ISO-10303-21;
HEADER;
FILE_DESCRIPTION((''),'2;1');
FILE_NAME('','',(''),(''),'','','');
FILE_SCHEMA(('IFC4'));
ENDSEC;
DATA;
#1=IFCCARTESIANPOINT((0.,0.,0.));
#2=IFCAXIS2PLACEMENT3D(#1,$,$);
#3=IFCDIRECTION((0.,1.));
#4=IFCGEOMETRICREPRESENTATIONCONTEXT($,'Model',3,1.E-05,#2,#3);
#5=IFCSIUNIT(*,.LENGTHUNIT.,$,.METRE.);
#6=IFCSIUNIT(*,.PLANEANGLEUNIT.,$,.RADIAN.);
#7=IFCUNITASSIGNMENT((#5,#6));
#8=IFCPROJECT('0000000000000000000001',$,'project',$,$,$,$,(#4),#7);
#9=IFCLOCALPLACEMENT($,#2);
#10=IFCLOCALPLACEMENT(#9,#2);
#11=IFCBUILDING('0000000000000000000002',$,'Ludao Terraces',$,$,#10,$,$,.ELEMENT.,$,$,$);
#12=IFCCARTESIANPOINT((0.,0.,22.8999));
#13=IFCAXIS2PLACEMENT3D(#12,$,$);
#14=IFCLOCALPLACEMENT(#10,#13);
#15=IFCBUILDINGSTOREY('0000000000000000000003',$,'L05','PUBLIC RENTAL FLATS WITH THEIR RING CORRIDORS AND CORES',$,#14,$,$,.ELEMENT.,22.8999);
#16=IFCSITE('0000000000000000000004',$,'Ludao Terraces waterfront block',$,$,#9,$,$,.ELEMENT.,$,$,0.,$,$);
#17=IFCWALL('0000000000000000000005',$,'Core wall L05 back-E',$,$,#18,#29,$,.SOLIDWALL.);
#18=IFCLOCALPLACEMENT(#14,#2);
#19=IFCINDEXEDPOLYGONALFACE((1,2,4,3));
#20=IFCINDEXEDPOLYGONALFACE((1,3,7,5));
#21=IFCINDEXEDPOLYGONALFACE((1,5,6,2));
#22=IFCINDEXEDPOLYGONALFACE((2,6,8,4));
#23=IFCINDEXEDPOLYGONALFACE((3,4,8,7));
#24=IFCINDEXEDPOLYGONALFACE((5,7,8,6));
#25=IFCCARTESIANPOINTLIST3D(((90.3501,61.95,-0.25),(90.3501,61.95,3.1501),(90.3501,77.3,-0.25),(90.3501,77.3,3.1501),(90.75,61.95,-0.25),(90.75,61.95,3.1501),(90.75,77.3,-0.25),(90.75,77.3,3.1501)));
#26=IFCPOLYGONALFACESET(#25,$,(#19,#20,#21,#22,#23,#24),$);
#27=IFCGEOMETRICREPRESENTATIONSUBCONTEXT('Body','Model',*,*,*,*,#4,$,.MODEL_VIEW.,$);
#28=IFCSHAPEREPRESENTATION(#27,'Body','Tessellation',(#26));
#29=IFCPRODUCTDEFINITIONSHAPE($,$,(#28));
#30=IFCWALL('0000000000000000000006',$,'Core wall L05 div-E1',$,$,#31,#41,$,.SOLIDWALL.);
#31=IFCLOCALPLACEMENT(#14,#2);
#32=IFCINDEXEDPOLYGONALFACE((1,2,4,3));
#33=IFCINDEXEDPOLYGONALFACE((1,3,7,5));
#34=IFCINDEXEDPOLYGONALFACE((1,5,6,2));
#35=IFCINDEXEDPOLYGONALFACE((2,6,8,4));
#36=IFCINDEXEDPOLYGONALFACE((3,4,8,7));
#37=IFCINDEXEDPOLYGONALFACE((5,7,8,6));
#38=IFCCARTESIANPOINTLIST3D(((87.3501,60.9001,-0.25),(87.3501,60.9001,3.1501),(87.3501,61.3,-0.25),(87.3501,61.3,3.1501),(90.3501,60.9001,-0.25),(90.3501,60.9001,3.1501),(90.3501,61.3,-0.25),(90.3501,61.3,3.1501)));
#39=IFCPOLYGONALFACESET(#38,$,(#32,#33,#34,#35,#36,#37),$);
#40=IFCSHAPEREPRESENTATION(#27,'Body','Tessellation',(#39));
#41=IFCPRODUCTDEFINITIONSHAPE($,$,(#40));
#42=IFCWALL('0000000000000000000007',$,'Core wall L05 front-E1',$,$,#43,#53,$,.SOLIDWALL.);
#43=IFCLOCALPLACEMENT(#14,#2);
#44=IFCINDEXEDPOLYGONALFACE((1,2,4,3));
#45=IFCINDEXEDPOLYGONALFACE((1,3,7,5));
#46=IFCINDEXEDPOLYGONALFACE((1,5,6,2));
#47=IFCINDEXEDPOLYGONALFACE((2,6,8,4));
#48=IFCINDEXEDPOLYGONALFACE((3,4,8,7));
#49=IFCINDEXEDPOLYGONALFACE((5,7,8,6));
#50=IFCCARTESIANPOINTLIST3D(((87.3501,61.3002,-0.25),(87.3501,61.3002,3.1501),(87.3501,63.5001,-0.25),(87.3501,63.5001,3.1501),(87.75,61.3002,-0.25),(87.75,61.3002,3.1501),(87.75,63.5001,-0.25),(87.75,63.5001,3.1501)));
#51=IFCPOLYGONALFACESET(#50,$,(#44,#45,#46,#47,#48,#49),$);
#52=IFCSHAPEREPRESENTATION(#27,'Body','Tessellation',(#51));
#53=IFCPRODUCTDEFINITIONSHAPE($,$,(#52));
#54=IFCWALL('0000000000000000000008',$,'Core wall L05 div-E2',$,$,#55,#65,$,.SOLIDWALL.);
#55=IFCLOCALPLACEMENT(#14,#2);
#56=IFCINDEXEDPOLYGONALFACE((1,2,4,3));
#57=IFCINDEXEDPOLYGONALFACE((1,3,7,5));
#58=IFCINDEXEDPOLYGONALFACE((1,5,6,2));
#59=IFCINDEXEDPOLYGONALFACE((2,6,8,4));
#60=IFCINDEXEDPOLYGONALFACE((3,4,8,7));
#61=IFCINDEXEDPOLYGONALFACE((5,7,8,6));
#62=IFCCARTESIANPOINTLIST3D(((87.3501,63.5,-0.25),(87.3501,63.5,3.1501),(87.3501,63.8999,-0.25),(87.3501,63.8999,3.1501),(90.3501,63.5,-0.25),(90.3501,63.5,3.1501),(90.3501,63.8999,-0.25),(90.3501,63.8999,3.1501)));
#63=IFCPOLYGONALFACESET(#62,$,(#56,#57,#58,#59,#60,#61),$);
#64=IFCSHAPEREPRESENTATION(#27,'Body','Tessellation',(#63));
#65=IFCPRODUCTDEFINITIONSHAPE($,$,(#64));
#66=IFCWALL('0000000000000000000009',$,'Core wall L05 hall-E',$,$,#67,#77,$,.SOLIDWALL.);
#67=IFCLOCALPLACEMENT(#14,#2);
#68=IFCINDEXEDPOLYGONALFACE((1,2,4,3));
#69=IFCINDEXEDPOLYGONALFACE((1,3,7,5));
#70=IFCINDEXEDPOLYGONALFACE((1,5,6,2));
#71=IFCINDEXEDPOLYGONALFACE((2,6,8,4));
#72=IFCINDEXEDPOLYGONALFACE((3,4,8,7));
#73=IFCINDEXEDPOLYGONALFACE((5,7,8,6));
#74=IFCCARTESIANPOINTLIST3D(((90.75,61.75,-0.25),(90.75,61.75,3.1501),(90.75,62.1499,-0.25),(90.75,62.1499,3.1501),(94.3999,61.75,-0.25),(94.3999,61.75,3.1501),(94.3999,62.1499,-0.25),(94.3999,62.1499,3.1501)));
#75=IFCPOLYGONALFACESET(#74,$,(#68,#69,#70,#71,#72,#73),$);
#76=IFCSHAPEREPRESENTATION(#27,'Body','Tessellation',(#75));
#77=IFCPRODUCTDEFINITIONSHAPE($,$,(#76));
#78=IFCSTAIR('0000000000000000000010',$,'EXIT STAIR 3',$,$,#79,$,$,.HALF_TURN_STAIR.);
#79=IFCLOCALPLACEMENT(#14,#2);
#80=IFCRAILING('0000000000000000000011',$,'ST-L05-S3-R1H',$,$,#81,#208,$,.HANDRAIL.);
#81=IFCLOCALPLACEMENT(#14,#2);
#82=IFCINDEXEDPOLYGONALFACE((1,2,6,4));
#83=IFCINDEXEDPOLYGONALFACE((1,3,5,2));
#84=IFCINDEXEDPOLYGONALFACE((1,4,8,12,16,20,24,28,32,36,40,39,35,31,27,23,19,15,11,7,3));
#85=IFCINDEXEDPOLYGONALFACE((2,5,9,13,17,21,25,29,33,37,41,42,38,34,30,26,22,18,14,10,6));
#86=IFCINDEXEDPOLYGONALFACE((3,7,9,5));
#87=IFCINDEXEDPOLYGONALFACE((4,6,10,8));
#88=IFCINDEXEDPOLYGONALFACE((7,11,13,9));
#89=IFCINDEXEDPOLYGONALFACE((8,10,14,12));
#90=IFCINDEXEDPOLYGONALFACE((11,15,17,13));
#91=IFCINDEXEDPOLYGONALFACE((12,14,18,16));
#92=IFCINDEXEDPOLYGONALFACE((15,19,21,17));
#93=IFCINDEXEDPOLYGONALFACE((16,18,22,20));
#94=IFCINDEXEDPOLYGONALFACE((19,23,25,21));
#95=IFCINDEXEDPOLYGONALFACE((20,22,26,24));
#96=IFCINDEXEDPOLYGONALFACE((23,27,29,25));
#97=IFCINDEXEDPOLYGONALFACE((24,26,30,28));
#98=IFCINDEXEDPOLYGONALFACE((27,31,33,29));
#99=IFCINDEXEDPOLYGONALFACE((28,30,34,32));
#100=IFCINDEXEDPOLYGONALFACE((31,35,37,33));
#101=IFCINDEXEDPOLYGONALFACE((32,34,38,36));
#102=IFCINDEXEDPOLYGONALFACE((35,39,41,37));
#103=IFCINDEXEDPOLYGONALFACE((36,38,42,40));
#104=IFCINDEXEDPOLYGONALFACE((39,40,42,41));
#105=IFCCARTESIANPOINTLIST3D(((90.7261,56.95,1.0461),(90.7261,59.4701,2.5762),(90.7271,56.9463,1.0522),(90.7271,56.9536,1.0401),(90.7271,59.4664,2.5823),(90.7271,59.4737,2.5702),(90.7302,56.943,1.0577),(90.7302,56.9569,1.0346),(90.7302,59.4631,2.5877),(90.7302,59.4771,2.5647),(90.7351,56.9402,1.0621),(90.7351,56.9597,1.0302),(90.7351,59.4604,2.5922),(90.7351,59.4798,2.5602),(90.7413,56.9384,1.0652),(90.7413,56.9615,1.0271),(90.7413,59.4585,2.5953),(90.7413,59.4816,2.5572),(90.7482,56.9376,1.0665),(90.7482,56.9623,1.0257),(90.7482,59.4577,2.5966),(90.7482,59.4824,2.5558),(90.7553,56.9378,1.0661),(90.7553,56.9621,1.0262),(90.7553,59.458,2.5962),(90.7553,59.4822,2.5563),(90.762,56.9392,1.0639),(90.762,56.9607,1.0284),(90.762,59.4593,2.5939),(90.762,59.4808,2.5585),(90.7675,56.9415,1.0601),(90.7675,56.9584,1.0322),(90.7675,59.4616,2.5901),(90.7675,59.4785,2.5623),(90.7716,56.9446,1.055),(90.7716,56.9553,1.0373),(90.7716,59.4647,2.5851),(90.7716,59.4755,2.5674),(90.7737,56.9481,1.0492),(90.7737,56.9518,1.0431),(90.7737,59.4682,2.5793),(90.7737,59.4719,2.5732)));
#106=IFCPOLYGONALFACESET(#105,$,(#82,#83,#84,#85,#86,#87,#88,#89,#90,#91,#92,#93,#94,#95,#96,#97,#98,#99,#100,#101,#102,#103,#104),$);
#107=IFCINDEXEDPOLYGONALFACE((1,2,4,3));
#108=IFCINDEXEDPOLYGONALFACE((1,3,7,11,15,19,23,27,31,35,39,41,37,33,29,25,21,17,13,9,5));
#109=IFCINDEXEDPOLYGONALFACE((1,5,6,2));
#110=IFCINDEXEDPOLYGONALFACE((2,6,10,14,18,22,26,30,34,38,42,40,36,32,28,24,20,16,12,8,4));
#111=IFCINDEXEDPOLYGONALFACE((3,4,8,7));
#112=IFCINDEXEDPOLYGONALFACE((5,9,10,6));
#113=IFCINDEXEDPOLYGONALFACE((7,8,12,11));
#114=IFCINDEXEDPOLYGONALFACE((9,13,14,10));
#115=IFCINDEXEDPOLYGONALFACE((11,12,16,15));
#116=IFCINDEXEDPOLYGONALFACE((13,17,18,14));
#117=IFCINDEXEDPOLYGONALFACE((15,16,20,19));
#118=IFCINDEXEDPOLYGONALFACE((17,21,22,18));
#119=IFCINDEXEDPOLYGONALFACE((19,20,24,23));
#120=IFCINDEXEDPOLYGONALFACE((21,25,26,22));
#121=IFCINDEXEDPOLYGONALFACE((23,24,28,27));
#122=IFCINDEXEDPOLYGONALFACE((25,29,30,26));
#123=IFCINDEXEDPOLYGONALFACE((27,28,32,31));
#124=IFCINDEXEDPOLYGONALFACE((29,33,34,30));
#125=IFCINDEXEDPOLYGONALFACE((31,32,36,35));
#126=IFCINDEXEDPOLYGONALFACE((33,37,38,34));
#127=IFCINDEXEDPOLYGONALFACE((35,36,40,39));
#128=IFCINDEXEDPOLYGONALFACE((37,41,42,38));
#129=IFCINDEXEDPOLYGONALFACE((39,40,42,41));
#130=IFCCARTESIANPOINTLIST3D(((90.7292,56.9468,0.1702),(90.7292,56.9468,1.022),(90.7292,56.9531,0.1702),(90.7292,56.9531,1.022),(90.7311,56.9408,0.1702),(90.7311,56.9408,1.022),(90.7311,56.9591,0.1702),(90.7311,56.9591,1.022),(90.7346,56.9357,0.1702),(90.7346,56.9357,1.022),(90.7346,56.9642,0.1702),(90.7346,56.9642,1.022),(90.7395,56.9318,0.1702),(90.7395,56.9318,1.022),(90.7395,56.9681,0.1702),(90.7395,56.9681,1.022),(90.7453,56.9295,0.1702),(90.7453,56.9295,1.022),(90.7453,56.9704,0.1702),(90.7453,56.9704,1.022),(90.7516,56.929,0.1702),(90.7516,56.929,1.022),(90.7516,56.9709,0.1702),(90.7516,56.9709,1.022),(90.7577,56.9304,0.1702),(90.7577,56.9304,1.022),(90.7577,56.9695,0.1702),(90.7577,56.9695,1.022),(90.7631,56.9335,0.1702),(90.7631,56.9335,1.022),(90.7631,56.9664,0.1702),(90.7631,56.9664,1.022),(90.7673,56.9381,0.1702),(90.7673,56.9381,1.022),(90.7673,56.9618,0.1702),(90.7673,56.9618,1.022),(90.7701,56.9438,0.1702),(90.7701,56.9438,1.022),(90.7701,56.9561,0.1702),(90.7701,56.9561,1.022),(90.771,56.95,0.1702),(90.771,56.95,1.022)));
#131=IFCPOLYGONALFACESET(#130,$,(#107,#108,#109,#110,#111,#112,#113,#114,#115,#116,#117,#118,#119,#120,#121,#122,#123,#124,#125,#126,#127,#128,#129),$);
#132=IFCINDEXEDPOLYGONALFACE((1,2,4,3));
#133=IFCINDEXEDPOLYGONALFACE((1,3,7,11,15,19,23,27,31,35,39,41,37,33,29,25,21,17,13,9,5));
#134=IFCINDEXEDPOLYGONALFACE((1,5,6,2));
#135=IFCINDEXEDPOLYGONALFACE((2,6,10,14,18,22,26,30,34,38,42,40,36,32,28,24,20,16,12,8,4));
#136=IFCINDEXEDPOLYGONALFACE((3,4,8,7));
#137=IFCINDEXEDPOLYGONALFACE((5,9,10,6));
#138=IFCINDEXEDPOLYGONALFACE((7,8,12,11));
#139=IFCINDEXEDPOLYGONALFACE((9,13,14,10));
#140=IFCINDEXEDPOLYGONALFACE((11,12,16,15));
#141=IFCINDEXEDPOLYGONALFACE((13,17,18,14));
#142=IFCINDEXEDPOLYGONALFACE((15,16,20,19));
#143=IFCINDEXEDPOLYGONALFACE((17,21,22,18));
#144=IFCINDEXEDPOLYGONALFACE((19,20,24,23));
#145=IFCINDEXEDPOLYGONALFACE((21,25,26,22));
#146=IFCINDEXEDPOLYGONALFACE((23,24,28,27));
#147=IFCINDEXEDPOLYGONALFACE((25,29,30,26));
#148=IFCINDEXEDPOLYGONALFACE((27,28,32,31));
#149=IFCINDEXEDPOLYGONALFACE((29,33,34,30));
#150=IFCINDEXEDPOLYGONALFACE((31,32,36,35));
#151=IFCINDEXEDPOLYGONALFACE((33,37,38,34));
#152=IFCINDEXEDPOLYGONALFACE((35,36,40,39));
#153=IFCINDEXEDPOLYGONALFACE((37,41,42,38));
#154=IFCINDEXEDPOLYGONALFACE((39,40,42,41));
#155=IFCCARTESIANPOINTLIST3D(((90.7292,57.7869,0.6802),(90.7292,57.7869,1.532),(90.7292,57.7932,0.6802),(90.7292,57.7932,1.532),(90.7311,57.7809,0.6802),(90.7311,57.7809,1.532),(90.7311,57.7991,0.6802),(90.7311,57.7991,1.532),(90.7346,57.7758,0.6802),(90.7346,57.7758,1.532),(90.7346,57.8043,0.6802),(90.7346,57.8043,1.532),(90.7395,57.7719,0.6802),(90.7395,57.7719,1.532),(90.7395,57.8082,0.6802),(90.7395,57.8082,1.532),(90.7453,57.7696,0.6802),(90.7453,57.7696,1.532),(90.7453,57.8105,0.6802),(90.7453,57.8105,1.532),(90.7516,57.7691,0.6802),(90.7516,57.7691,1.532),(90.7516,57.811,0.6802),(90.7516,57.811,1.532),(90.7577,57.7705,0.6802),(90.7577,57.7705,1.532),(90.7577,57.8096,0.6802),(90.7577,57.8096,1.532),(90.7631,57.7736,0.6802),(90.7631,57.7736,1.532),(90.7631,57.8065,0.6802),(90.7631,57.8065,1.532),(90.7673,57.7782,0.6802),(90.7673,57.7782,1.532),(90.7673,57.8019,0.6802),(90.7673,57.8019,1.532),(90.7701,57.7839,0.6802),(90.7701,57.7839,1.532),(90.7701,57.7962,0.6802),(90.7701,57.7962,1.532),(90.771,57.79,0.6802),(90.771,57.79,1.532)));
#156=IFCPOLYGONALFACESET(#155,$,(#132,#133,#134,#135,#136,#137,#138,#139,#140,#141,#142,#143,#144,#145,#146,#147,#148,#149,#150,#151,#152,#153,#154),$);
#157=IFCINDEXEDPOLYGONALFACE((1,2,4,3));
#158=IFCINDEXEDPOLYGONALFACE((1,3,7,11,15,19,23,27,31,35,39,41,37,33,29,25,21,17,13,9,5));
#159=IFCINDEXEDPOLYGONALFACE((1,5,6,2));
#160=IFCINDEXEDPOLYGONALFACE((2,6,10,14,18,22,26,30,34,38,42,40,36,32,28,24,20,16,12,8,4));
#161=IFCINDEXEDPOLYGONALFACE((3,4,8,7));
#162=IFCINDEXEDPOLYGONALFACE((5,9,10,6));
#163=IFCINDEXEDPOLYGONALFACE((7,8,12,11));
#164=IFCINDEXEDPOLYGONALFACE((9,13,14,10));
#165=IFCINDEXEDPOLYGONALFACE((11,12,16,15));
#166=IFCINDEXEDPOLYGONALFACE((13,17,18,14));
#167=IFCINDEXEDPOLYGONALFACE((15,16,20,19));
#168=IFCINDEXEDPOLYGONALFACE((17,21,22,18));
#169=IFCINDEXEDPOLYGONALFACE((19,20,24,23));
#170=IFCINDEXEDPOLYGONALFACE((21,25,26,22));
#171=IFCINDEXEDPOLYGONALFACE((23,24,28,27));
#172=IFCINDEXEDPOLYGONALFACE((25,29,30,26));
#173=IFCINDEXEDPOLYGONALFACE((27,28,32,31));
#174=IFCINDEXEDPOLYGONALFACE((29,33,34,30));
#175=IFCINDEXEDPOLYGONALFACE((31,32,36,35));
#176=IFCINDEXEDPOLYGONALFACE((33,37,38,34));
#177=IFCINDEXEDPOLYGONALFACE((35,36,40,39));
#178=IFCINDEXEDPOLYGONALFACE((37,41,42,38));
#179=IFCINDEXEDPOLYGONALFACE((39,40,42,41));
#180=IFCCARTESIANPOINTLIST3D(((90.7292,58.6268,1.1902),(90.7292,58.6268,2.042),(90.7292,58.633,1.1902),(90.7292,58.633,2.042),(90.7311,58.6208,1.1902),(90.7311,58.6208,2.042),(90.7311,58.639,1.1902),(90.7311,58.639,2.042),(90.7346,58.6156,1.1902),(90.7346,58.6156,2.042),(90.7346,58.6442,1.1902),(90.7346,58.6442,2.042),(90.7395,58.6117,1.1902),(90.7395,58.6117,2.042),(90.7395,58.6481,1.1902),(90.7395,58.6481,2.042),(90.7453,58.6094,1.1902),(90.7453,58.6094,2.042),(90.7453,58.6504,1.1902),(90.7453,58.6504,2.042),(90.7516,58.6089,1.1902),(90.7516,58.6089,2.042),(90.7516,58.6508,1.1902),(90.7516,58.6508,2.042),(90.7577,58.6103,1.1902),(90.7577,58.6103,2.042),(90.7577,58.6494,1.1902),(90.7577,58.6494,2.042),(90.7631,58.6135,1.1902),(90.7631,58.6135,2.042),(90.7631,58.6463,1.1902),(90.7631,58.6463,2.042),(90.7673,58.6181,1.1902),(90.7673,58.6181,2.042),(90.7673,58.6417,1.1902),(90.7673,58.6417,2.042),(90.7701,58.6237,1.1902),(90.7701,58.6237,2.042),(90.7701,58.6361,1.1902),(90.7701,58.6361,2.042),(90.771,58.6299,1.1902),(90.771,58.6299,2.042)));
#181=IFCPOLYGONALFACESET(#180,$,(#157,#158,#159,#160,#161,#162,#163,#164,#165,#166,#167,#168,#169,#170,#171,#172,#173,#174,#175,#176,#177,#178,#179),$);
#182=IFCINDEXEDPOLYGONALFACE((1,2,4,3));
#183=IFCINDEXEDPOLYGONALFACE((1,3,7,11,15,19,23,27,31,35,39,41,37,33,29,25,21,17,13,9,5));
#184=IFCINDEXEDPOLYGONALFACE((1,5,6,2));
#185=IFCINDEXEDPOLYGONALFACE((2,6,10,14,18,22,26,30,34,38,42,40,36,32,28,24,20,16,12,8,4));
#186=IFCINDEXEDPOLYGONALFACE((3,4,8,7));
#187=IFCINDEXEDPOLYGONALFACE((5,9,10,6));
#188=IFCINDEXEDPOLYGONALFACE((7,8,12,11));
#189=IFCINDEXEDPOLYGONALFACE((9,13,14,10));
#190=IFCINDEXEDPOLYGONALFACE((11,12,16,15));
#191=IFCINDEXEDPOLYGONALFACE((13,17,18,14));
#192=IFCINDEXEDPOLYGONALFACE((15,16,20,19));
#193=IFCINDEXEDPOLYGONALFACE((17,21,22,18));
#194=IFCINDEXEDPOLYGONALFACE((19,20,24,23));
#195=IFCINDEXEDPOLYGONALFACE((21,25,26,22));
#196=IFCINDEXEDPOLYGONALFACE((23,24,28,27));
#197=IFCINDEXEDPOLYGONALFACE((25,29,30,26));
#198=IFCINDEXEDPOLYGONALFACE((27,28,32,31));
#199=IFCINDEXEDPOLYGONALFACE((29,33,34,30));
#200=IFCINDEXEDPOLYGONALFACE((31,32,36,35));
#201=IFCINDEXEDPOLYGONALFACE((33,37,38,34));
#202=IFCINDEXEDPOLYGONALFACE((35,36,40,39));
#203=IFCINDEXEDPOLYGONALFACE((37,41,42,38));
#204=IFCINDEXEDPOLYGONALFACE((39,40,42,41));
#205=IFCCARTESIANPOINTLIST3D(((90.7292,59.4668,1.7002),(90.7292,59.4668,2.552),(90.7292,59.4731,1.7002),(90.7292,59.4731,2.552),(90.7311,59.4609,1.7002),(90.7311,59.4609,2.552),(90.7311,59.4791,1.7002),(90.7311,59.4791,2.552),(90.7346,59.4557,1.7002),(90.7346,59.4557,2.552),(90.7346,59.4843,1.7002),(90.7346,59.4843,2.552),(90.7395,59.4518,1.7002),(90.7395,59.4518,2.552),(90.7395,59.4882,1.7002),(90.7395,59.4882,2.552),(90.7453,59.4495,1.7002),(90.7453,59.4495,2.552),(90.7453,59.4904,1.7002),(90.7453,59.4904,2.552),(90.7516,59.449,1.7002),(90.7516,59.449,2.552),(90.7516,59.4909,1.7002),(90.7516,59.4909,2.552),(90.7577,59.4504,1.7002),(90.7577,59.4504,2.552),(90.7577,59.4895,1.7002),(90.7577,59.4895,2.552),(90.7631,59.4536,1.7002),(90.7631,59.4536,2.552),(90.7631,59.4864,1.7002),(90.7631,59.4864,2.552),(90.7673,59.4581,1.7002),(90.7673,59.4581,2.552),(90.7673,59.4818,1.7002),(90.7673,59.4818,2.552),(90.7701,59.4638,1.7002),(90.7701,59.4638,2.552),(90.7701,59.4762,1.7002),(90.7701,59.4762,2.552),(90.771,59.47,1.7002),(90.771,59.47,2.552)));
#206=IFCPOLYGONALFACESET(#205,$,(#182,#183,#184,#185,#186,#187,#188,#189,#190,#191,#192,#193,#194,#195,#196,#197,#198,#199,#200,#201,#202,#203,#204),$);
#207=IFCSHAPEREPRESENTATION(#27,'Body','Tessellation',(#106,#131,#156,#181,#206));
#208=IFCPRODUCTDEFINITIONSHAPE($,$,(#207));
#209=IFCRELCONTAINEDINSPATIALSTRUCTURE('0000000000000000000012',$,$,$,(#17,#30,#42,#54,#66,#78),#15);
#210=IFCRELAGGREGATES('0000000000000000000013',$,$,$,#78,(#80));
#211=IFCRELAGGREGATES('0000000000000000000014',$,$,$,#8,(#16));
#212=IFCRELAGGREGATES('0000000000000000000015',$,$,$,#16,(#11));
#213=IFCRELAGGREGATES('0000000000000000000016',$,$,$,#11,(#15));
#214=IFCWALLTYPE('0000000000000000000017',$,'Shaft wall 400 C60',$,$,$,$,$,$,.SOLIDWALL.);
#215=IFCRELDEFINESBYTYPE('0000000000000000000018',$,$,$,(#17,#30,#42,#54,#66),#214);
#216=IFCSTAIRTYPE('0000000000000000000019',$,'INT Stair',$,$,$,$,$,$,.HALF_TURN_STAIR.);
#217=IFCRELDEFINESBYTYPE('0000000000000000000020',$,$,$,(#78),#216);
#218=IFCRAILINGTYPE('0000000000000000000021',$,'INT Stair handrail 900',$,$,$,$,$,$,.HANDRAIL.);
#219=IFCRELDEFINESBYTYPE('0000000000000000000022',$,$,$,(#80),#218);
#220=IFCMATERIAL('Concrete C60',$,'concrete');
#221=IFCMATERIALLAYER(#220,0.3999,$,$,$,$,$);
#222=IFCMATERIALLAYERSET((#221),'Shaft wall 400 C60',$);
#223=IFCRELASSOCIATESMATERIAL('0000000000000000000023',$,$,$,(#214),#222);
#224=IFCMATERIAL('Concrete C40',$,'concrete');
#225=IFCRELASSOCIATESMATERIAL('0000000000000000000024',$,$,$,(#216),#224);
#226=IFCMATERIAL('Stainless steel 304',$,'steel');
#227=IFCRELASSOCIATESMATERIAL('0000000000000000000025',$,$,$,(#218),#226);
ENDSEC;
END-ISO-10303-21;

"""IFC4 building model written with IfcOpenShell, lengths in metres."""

from ifc_helpers import new_model, si_unit, direction, frame, frame_2d, origin, origin_2d, place, context, subcontext, project, spatial, rectangle, circle, extrude, material, layer, layer_set, type_object, element, aggregate, save


model = new_model("IFC4")

# Units and contexts
model_context = context("Model", 3, precision=1e-05, world=origin(), true_north=direction((0.0, 1.0)))
body_context = subcontext(model_context, "Body", "Model", "MODEL_VIEW")
ifc_project = project(units=[si_unit("LENGTHUNIT", "METRE"), si_unit("PLANEANGLEUNIT", "RADIAN")], contexts=[model_context])

# Site, building, storey
site_placement = place(None, origin())
site = spatial("IfcSite", under=ifc_project, at=site_placement, Name="Ludao Terraces waterfront block", CompositionType="ELEMENT", RefElevation=0.0)
building_placement = place(site_placement, origin())
building = spatial("IfcBuilding", under=site, at=building_placement, Name="Ludao Terraces", CompositionType="ELEMENT")
storey_placement = place(building_placement, frame((0.0, 0.0, 22.8999)))
storey = spatial("IfcBuildingStorey", under=building, at=storey_placement, Name="L05", Description="PUBLIC RENTAL FLATS WITH THEIR RING CORRIDORS AND CORES", CompositionType="ELEMENT", Elevation=22.8999)

# Walls
ifc_material_1 = material(Name="Concrete C60", Category="concrete")
ifc_layer_1 = layer(ifc_material_1, 0.3999)
ifc_layer_set_1 = layer_set([ifc_layer_1], Name="Shaft wall 400 C60")
wall_type_1 = type_object("IfcWallType", Name="Shaft wall 400 C60", PredefinedType="SOLIDWALL", material=ifc_layer_set_1)
wall_1_placement = place(storey_placement, frame((90.55, 61.95, -0.25), z_axis=(0.0, 0.0, 1.0), x_axis=(0.0, 1.0, 0.0)))
element("IfcWall", 1, at=wall_1_placement, inside=storey, type_object=wall_type_1, Name="Core wall L05 back-E", PredefinedType="SOLIDWALL", context=body_context, shape_type="SweptSolid", body=[
    extrude(rectangle(XDim=15.3501, YDim=0.3999, at=frame_2d((7.675, 0.0))), origin(), (0.0, 0.0, 1.0), 3.4001),
])
wall_2_placement = place(storey_placement, frame((87.3501, 61.1001, -0.25), z_axis=(0.0, 0.0, 1.0), x_axis=(1.0, 0.0, 0.0)))
element("IfcWall", 2, at=wall_2_placement, inside=storey, type_object=wall_type_1, Name="Core wall L05 div-E1", PredefinedType="SOLIDWALL", context=body_context, shape_type="SweptSolid", body=[
    extrude(rectangle(XDim=3.0, YDim=0.3999, at=frame_2d((1.5, 0.0))), origin(), (0.0, 0.0, 1.0), 3.4001),
])
wall_3_placement = place(storey_placement, frame((87.55, 61.3, -0.25), z_axis=(0.0, 0.0, 1.0), x_axis=(0.0, 1.0, 0.0)))
element("IfcWall", 3, at=wall_3_placement, inside=storey, type_object=wall_type_1, Name="Core wall L05 front-E1", PredefinedType="SOLIDWALL", context=body_context, shape_type="SweptSolid", body=[
    extrude(rectangle(XDim=2.2, YDim=0.3999, at=frame_2d((1.1001, 0.0))), origin(), (0.0, 0.0, 1.0), 3.4001),
])
wall_4_placement = place(storey_placement, frame((87.3501, 63.7, -0.25), z_axis=(0.0, 0.0, 1.0), x_axis=(1.0, 0.0, 0.0)))
element("IfcWall", 4, at=wall_4_placement, inside=storey, type_object=wall_type_1, Name="Core wall L05 div-E2", PredefinedType="SOLIDWALL", context=body_context, shape_type="SweptSolid", body=[
    extrude(rectangle(XDim=3.0, YDim=0.3999, at=frame_2d((1.5, 0.0))), origin(), (0.0, 0.0, 1.0), 3.4001),
])
wall_5_placement = place(storey_placement, frame((90.75, 61.95, -0.25), z_axis=(0.0, 0.0, 1.0), x_axis=(1.0, 0.0, 0.0)))
element("IfcWall", 5, at=wall_5_placement, inside=storey, type_object=wall_type_1, Name="Core wall L05 hall-E", PredefinedType="SOLIDWALL", context=body_context, shape_type="SweptSolid", body=[
    extrude(rectangle(XDim=3.6499, YDim=0.3999, at=frame_2d((1.825, 0.0))), origin(), (0.0, 0.0, 1.0), 3.4001),
])

# Stair, railing
ifc_material_2 = material(Name="Concrete C40", Category="concrete")
stair_type = type_object("IfcStairType", Name="INT Stair", PredefinedType="HALF_TURN_STAIR", material=ifc_material_2)
stair_placement = place(storey_placement, origin())
stair = element("IfcStair", 6, at=stair_placement, inside=storey, type_object=stair_type, Name="EXIT STAIR 3", PredefinedType="HALF_TURN_STAIR")
ifc_material_3 = material(Name="Stainless steel 304", Category="steel")
railing_type = type_object("IfcRailingType", Name="INT Stair handrail 900", PredefinedType="HANDRAIL", material=ifc_material_3)
railing_placement = place(storey_placement, frame((90.75, 56.95, 0.1702)))
railing = element("IfcRailing", 7, at=railing_placement, type_object=railing_type, Name="ST-L05-S3-R1H", PredefinedType="HANDRAIL", context=body_context, shape_type="SweptSolid", body=[
    extrude(circle(Radius=0.0239, at=origin_2d()), frame((0.0, 0.0, 0.876), z_axis=(0.0, 0.854785, 0.518982), x_axis=(-1.0, 0.0, 0.0)), (0.0, 0.0, 1.0), 2.9482),
    extrude(circle(Radius=0.021, at=origin_2d()), origin(), (0.0, 0.0, 1.0), 0.8518),
    extrude(circle(Radius=0.021, at=origin_2d()), frame((0.0, 0.8401, 0.51)), (0.0, 0.0, 1.0), 0.8518),
    extrude(circle(Radius=0.021, at=origin_2d()), frame((0.0, 1.6799, 1.02)), (0.0, 0.0, 1.0), 0.8518),
    extrude(circle(Radius=0.021, at=origin_2d()), frame((0.0, 2.52, 1.53)), (0.0, 0.0, 1.0), 0.8518),
])
aggregate(stair, [railing])

save(model, "model.ifc")
